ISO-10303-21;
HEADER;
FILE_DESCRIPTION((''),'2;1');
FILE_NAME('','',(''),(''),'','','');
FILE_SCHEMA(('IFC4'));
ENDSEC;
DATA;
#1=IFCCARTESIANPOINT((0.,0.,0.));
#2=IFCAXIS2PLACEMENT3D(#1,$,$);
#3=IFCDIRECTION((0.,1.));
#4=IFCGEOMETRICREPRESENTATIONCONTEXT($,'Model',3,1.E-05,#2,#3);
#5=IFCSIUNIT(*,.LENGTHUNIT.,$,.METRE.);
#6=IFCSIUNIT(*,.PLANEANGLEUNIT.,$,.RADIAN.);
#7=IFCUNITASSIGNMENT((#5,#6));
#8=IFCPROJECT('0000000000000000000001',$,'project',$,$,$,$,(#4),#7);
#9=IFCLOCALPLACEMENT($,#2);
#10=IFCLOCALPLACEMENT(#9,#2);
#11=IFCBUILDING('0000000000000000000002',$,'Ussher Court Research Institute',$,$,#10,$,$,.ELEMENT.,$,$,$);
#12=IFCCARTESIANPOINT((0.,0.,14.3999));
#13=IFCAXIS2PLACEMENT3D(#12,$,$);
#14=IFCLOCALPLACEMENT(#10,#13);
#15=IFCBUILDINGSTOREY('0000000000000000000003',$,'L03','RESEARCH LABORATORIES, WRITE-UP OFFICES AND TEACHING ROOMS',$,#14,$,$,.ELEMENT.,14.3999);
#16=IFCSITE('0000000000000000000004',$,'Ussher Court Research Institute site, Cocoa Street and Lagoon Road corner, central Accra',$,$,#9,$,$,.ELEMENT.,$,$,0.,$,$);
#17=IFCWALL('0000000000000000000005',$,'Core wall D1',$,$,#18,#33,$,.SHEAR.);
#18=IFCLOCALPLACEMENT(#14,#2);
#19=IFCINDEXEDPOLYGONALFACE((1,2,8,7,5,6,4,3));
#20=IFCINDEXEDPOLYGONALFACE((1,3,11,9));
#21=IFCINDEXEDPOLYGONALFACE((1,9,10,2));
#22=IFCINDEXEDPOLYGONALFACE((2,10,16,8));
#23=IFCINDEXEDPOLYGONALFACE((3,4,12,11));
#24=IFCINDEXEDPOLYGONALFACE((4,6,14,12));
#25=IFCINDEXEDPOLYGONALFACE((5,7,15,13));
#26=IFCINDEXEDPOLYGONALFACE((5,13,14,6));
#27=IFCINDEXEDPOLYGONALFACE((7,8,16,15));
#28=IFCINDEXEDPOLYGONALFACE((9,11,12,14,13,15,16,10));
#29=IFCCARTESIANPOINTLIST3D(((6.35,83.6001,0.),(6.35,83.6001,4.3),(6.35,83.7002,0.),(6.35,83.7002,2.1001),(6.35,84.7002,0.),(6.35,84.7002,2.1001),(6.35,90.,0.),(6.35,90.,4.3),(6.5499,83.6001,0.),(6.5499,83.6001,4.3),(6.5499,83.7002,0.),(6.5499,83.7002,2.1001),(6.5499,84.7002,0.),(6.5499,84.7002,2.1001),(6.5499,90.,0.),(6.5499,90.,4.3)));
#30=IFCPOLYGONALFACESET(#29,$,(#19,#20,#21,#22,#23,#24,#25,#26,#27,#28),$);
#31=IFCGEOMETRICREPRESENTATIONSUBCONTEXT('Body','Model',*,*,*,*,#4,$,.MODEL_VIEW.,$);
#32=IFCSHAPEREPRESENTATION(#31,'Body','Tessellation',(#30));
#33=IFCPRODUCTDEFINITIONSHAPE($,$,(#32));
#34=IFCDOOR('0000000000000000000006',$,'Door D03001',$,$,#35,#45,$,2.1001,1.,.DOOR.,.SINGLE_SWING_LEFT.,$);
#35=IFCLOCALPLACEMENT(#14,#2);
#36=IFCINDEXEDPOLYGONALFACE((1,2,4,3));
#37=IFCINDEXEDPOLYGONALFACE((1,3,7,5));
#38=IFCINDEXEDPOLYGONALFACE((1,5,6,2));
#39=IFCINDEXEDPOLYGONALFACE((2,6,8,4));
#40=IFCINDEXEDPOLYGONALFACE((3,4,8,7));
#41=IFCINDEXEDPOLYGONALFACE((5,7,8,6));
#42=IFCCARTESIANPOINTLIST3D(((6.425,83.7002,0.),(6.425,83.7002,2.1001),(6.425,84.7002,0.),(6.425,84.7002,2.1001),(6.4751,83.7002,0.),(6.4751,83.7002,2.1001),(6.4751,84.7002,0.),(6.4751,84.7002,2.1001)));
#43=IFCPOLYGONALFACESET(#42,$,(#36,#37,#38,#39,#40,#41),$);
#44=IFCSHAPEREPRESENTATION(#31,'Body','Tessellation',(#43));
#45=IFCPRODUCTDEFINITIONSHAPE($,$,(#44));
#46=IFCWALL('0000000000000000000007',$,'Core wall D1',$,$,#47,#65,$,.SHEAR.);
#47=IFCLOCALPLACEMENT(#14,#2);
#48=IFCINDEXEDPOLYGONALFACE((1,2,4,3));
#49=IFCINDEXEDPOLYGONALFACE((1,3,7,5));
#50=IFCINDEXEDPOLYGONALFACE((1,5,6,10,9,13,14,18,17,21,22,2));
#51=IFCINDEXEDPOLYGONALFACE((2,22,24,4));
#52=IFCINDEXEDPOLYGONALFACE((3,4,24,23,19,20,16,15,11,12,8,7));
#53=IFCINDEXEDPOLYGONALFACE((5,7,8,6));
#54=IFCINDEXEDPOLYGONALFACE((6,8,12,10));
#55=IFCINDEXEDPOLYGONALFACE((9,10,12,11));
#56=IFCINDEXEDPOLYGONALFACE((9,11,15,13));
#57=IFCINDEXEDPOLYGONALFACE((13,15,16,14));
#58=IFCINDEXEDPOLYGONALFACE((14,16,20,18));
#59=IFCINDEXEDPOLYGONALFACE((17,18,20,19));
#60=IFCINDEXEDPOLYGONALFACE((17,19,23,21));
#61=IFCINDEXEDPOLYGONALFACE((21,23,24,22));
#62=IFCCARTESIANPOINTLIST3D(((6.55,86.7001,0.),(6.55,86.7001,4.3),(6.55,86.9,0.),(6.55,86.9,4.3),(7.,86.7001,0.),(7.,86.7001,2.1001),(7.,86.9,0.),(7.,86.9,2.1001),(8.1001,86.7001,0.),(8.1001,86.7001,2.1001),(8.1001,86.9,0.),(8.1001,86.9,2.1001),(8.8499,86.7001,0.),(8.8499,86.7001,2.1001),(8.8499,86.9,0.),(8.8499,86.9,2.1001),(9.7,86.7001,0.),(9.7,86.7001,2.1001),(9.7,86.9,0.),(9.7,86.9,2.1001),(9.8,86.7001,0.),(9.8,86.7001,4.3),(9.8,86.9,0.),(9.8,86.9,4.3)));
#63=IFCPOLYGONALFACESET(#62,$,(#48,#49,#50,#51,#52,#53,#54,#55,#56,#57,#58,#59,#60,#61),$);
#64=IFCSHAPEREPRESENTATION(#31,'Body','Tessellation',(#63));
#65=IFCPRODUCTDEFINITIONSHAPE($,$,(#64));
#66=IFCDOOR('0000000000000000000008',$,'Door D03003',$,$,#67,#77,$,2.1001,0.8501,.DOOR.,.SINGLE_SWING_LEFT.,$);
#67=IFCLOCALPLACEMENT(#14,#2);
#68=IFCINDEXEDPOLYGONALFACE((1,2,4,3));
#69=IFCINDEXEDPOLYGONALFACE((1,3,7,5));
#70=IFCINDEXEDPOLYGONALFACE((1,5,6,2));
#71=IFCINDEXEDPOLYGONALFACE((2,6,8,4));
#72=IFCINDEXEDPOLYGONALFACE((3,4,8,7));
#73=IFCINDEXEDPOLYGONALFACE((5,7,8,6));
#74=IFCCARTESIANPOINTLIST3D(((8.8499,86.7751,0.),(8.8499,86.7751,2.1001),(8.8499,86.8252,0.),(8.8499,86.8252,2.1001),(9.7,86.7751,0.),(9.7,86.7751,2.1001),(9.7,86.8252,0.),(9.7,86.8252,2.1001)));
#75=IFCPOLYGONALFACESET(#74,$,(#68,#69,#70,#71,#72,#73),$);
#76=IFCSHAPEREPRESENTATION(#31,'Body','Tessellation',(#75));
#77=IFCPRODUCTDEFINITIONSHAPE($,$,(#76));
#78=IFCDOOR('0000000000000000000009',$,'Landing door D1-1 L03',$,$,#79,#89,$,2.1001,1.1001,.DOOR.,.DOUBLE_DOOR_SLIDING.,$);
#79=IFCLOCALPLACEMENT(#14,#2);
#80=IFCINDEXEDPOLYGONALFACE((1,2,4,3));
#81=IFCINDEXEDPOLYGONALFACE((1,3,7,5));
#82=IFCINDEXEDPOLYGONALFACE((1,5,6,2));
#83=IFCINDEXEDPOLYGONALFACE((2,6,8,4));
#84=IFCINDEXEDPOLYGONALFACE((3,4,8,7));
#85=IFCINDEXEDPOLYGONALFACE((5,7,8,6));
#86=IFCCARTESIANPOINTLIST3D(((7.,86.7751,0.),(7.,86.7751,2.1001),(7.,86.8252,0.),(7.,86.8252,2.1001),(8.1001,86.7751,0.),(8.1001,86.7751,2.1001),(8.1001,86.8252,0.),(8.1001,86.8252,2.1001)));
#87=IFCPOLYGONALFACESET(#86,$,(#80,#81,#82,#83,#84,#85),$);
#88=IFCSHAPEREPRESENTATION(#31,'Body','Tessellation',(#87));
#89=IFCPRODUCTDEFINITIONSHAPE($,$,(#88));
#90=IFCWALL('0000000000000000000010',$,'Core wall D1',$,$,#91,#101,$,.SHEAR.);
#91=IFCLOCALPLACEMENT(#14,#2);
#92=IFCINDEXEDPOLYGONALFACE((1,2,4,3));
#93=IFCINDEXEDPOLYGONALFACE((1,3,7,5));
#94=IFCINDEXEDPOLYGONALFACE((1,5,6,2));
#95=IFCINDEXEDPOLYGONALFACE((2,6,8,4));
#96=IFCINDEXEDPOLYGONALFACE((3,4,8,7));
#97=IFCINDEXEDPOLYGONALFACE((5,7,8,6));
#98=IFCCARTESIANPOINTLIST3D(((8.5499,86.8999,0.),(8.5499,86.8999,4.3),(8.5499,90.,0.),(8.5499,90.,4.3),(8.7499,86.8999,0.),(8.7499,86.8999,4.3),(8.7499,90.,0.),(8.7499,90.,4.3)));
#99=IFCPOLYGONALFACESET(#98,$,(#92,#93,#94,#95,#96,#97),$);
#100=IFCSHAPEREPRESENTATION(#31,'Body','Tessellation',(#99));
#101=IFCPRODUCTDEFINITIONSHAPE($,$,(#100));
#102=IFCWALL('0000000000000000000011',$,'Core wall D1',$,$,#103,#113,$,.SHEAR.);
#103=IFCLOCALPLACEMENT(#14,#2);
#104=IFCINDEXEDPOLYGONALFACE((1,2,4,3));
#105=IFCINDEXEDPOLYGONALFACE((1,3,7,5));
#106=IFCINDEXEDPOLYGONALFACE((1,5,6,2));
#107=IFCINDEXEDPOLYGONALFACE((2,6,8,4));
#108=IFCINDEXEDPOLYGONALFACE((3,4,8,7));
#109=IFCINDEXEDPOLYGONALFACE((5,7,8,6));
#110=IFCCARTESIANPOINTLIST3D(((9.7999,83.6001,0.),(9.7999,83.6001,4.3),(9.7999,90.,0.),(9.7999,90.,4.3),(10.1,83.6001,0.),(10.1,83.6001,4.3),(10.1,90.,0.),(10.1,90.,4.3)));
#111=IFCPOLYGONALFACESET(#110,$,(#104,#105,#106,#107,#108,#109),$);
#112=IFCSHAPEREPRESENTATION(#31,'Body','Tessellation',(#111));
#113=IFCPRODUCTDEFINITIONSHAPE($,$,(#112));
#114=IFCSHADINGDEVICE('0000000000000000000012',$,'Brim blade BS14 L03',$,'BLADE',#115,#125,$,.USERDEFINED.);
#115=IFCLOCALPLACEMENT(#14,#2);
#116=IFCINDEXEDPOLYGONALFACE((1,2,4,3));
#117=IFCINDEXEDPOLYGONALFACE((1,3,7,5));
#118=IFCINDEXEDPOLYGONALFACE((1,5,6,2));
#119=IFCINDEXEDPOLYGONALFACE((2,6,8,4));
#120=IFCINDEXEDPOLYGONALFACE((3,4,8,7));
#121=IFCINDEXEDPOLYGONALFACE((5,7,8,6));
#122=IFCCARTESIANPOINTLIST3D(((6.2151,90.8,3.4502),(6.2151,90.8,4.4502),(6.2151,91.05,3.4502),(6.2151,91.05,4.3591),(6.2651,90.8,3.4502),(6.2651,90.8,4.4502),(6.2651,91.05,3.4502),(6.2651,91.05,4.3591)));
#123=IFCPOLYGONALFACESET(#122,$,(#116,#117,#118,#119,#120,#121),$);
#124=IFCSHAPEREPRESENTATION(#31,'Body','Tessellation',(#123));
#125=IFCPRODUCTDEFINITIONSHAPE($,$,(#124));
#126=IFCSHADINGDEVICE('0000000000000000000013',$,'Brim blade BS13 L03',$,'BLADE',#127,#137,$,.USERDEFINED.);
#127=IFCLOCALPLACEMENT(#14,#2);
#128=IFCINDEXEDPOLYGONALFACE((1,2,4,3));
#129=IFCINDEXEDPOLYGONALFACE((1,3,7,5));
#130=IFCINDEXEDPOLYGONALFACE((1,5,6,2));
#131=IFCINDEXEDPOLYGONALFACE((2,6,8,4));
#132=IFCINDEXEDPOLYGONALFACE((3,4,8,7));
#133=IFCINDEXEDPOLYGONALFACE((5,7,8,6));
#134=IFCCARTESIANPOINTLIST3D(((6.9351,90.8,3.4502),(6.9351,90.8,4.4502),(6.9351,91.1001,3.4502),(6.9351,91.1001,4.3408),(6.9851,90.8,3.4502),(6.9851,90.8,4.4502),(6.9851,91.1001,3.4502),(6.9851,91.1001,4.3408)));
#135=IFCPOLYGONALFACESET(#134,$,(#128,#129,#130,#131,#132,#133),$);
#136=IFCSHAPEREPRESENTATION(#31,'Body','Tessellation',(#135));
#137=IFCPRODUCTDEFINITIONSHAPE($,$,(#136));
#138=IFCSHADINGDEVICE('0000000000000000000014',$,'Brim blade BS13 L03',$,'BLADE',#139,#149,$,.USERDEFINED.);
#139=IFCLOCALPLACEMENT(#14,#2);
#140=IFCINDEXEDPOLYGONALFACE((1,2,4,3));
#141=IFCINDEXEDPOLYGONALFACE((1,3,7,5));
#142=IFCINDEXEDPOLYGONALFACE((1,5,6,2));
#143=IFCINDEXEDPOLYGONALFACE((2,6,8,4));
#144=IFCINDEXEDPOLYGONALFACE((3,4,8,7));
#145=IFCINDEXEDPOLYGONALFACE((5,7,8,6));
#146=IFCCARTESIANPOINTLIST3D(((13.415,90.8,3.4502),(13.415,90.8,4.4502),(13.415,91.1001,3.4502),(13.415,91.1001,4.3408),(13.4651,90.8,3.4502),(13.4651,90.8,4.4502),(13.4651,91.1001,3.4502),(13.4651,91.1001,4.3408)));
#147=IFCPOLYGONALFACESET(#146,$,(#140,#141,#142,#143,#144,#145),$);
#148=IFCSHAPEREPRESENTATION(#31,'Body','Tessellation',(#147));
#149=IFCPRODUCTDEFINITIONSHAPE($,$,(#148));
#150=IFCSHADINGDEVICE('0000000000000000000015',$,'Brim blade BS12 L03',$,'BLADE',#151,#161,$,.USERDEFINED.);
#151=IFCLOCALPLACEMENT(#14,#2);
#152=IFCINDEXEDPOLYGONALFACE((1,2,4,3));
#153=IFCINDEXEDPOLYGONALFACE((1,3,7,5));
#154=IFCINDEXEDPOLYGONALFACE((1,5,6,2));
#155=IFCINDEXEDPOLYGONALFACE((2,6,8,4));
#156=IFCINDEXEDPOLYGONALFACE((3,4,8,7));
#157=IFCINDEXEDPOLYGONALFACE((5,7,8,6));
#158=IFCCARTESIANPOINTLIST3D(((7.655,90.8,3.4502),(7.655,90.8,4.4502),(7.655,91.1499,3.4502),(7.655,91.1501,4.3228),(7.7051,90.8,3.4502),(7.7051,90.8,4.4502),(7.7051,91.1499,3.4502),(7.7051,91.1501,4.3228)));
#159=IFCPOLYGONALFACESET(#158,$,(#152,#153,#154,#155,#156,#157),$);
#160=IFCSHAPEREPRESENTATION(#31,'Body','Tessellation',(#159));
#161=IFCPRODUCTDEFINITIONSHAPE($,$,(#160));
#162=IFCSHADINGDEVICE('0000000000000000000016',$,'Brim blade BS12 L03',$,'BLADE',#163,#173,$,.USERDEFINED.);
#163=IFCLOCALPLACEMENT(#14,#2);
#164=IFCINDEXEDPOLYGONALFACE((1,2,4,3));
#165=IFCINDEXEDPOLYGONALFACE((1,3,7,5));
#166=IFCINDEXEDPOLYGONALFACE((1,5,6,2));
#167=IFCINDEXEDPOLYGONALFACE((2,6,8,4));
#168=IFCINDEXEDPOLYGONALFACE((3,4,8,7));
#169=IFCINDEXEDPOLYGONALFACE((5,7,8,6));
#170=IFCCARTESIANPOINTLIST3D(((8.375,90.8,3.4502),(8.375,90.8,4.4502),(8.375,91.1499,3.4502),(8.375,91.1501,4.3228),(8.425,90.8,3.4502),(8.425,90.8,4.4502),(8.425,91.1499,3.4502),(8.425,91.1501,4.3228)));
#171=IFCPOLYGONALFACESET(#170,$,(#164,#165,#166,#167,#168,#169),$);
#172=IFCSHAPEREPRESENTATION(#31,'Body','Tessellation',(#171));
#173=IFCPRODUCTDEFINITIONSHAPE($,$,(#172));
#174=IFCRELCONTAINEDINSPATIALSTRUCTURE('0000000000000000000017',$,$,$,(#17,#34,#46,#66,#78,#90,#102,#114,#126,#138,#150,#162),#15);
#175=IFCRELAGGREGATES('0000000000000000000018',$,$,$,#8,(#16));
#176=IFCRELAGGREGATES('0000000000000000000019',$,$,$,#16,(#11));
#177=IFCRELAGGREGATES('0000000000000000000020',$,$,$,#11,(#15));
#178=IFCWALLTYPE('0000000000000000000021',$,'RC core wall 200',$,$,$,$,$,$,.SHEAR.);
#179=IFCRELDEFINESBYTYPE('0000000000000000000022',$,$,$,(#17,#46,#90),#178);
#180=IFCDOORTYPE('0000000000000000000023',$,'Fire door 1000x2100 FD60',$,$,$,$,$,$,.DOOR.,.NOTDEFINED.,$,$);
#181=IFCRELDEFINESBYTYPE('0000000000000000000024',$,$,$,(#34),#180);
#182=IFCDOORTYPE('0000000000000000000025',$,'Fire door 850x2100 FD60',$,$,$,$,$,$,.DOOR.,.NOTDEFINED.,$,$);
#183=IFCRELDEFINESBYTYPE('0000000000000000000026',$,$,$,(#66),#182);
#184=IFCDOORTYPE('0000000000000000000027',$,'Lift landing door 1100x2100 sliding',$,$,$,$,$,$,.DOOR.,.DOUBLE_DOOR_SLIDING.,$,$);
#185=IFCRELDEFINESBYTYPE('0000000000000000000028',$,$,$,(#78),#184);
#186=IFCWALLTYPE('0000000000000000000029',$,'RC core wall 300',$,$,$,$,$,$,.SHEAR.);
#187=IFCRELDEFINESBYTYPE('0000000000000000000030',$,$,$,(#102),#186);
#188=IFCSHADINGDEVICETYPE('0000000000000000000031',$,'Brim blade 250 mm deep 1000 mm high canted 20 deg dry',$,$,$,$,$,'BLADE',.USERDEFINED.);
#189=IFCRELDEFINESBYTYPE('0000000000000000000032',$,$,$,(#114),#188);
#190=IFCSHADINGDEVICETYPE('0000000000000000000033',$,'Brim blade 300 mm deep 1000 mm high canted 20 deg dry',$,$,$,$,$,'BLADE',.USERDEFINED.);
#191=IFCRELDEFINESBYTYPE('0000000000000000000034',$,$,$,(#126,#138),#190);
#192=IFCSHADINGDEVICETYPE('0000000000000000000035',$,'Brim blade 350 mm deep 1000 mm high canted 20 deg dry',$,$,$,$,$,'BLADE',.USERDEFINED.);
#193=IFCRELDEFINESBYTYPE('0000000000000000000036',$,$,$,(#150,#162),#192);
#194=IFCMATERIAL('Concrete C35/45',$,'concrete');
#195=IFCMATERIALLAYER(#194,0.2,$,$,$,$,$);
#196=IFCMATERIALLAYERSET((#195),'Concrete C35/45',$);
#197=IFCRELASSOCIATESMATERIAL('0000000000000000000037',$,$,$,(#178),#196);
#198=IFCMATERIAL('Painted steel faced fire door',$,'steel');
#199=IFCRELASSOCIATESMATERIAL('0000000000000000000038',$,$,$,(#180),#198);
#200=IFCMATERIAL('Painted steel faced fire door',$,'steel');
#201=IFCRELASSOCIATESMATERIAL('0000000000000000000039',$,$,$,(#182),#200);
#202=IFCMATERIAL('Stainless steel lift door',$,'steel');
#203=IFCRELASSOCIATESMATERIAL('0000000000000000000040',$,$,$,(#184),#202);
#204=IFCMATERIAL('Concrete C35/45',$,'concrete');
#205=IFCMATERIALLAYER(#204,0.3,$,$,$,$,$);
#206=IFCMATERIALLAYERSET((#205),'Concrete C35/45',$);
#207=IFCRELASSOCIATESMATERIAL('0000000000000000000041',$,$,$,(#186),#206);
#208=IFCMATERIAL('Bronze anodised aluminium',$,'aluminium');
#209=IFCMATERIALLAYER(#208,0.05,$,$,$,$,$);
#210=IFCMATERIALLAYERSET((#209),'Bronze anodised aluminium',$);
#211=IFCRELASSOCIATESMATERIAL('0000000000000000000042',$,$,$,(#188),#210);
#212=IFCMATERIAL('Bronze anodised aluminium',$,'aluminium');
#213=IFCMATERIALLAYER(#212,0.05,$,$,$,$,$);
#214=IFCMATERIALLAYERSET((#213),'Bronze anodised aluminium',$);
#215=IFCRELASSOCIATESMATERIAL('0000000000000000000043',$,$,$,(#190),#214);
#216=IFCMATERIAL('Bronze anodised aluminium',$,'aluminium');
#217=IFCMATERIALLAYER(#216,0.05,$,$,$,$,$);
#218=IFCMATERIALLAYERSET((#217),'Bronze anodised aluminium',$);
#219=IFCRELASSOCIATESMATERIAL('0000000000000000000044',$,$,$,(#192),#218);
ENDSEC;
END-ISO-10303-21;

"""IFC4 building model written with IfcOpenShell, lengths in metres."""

from ifc_helpers import new_model, si_unit, direction, frame, frame_2d, origin, place, context, subcontext, project, spatial, polyline, rectangle, outline, extrude, material, layer, layer_set, type_object, element, fill, save


model = new_model("IFC4")

# Units and contexts
model_context = context("Model", 3, precision=1e-05, world=origin(), true_north=direction((0.0, 1.0)))
body_context = subcontext(model_context, "Body", "Model", "MODEL_VIEW")
ifc_project = project(units=[si_unit("LENGTHUNIT", "METRE"), si_unit("PLANEANGLEUNIT", "RADIAN")], contexts=[model_context])

# Site, building, storey
site_placement = place(None, origin())
site = spatial("IfcSite", under=ifc_project, at=site_placement, Name="Ussher Court Research Institute site, Cocoa Street and Lagoon Road corner, central Accra", CompositionType="ELEMENT", RefElevation=0.0)
building_placement = place(site_placement, origin())
building = spatial("IfcBuilding", under=site, at=building_placement, Name="Ussher Court Research Institute", CompositionType="ELEMENT")
storey_placement = place(building_placement, frame((0.0, 0.0, 14.3999)))
storey = spatial("IfcBuildingStorey", under=building, at=storey_placement, Name="L03", Description="RESEARCH LABORATORIES, WRITE-UP OFFICES AND TEACHING ROOMS", CompositionType="ELEMENT", Elevation=14.3999)

# Wall, opening, door
ifc_material_1 = material(Name="Concrete C35/45", Category="concrete")
ifc_layer_1 = layer(ifc_material_1, 0.2)
ifc_layer_set_1 = layer_set([ifc_layer_1], Name="Concrete C35/45")
wall_type_1 = type_object("IfcWallType", Name="RC core wall 200", PredefinedType="SHEAR", material=ifc_layer_set_1)
wall_1_placement = place(storey_placement, frame((6.45, 83.6001, 0.0), z_axis=(0.0, 0.0, 1.0), x_axis=(0.0, 1.0, 0.0)))
wall_1 = element("IfcWall", 1, at=wall_1_placement, inside=storey, type_object=wall_type_1, Name="Core wall D1", PredefinedType="SHEAR", context=body_context, shape_type="SweptSolid", body=[
    extrude(rectangle(XDim=6.3999, YDim=0.2, at=frame_2d((3.2, 0.0))), origin(), (0.0, 0.0, 1.0), 4.3),
])
opening_1_placement = place(wall_1_placement, frame((0.1001, 0.0, 0.0)))
opening_1 = element("IfcOpeningElement", 2, at=opening_1_placement, cuts=wall_1, PredefinedType="OPENING", context=body_context, shape_type="SweptSolid", body=[
    extrude(rectangle(XDim=1.0, YDim=2.1001, at=frame_2d((0.5, 1.05))), frame((0.0, 0.1099, 0.0), z_axis=(0.0, -1.0, 0.0), x_axis=(1.0, 0.0, 0.0)), (0.0, 0.0, 1.0), 0.22),
])
ifc_material_2 = material(Name="Painted steel faced fire door", Category="steel")
door_type_1 = type_object("IfcDoorType", Name="Fire door 1000x2100 FD60", OperationType="NOTDEFINED", PredefinedType="DOOR", material=ifc_material_2)
door_1_placement = place(opening_1_placement, origin())
door_1 = element("IfcDoor", 3, at=door_1_placement, inside=storey, type_object=door_type_1, Name="Door D03001", OperationType="SINGLE_SWING_LEFT", OverallHeight=2.1001, OverallWidth=1.0, PredefinedType="DOOR", context=body_context, shape_type="SweptSolid", body=[
    extrude(rectangle(XDim=1.0, YDim=2.1001, at=frame_2d((0.5, 1.05))), frame((0.0, 0.0249, 0.0), z_axis=(0.0, -1.0, 0.0), x_axis=(1.0, 0.0, 0.0)), (0.0, 0.0, 1.0), 0.05),
])
fill(opening_1, door_1)

# Wall, openings, doors
wall_2_placement = place(storey_placement, frame((9.8, 86.8, 0.0), z_axis=(0.0, 0.0, 1.0), x_axis=(-1.0, 0.0, 0.0)))
wall_2 = element("IfcWall", 4, at=wall_2_placement, inside=storey, type_object=wall_type_1, Name="Core wall D1", PredefinedType="SHEAR", context=body_context, shape_type="SweptSolid", body=[
    extrude(rectangle(XDim=3.25, YDim=0.2, at=frame_2d((1.625, 0.0))), origin(), (0.0, 0.0, 1.0), 4.3),
])
opening_2_placement = place(wall_2_placement, frame((1.7, 0.0, 0.0)))
opening_2 = element("IfcOpeningElement", 5, at=opening_2_placement, cuts=wall_2, PredefinedType="OPENING", context=body_context, shape_type="SweptSolid", body=[
    extrude(rectangle(XDim=1.1001, YDim=2.1001, at=frame_2d((0.55, 1.05))), frame((0.0, 0.1099, 0.0), z_axis=(0.0, -1.0, 0.0), x_axis=(1.0, 0.0, 0.0)), (0.0, 0.0, 1.0), 0.22),
])
opening_3_placement = place(wall_2_placement, frame((0.1001, 0.0, 0.0)))
opening_3 = element("IfcOpeningElement", 6, at=opening_3_placement, cuts=wall_2, PredefinedType="OPENING", context=body_context, shape_type="SweptSolid", body=[
    extrude(rectangle(XDim=0.8501, YDim=2.1001, at=frame_2d((0.425, 1.05))), frame((0.0, 0.1099, 0.0), z_axis=(0.0, -1.0, 0.0), x_axis=(1.0, 0.0, 0.0)), (0.0, 0.0, 1.0), 0.22),
])
ifc_material_3 = material(Name="Painted steel faced fire door", Category="steel")
door_type_2 = type_object("IfcDoorType", Name="Fire door 850x2100 FD60", OperationType="NOTDEFINED", PredefinedType="DOOR", material=ifc_material_3)
door_2_placement = place(opening_3_placement, origin())
door_2 = element("IfcDoor", 7, at=door_2_placement, inside=storey, type_object=door_type_2, Name="Door D03003", OperationType="SINGLE_SWING_LEFT", OverallHeight=2.1001, OverallWidth=0.8501, PredefinedType="DOOR", context=body_context, shape_type="SweptSolid", body=[
    extrude(rectangle(XDim=0.8501, YDim=2.1001, at=frame_2d((0.425, 1.05))), frame((0.0, 0.0249, 0.0), z_axis=(0.0, -1.0, 0.0), x_axis=(1.0, 0.0, 0.0)), (0.0, 0.0, 1.0), 0.05),
])
fill(opening_3, door_2)
ifc_material_4 = material(Name="Stainless steel lift door", Category="steel")
door_type_3 = type_object("IfcDoorType", Name="Lift landing door 1100x2100 sliding", OperationType="DOUBLE_DOOR_SLIDING", PredefinedType="DOOR", material=ifc_material_4)
door_3_placement = place(opening_2_placement, origin())
door_3 = element("IfcDoor", 8, at=door_3_placement, inside=storey, type_object=door_type_3, Name="Landing door D1-1 L03", OperationType="DOUBLE_DOOR_SLIDING", OverallHeight=2.1001, OverallWidth=1.1001, PredefinedType="DOOR", context=body_context, shape_type="SweptSolid", body=[
    extrude(rectangle(XDim=1.1001, YDim=2.1001, at=frame_2d((0.55, 1.05))), frame((0.0, 0.0249, 0.0), z_axis=(0.0, -1.0, 0.0), x_axis=(1.0, 0.0, 0.0)), (0.0, 0.0, 1.0), 0.05),
])
fill(opening_2, door_3)

# Walls
wall_3_placement = place(storey_placement, frame((8.6499, 86.8999, 0.0), z_axis=(0.0, 0.0, 1.0), x_axis=(0.0, 1.0, 0.0)))
element("IfcWall", 9, at=wall_3_placement, inside=storey, type_object=wall_type_1, Name="Core wall D1", PredefinedType="SHEAR", context=body_context, shape_type="SweptSolid", body=[
    extrude(rectangle(XDim=3.1001, YDim=0.2, at=frame_2d((1.55, 0.0))), origin(), (0.0, 0.0, 1.0), 4.3),
])
ifc_material_5 = material(Name="Concrete C35/45", Category="concrete")
ifc_layer_2 = layer(ifc_material_5, 0.3)
ifc_layer_set_2 = layer_set([ifc_layer_2], Name="Concrete C35/45")
wall_type_2 = type_object("IfcWallType", Name="RC core wall 300", PredefinedType="SHEAR", material=ifc_layer_set_2)
wall_4_placement = place(storey_placement, frame((9.95, 83.6001, 0.0), z_axis=(0.0, 0.0, 1.0), x_axis=(0.0, 1.0, 0.0)))
element("IfcWall", 10, at=wall_4_placement, inside=storey, type_object=wall_type_2, Name="Core wall D1", PredefinedType="SHEAR", context=body_context, shape_type="SweptSolid", body=[
    extrude(rectangle(XDim=6.3999, YDim=0.3, at=frame_2d((3.2, 0.0))), origin(), (0.0, 0.0, 1.0), 4.3),
])

# Shading devices
ifc_material_6 = material(Name="Bronze anodised aluminium", Category="aluminium")
ifc_layer_3 = layer(ifc_material_6, 0.05)
ifc_layer_set_3 = layer_set([ifc_layer_3], Name="Bronze anodised aluminium")
shading_device_type_1 = type_object("IfcShadingDeviceType", Name="Brim blade 250 mm deep 1000 mm high canted 20 deg dry", ElementType="BLADE", PredefinedType="USERDEFINED", material=ifc_layer_set_3)
shading_device_placement = place(storey_placement, frame((6.24, 90.8, 3.4502), z_axis=(0.0, 0.0, 1.0), x_axis=(0.0, 1.0, 0.0)))
element("IfcShadingDevice", 11, at=shading_device_placement, inside=storey, type_object=shading_device_type_1, Name="Brim blade BS14 L03", ObjectType="BLADE", PredefinedType="USERDEFINED", context=body_context, shape_type="SweptSolid", body=[
    extrude(outline(polyline([(0.0, 0.0), (0.25, 0.0), (0.25, 0.9089), (0.0, 1.0), (0.0, 0.0)])), frame((0.0, 0.0249, 0.0), z_axis=(0.0, -1.0, 0.0), x_axis=(1.0, 0.0, 0.0)), (0.0, 0.0, 1.0), 0.05),
])
ifc_material_7 = material(Name="Bronze anodised aluminium", Category="aluminium")
ifc_layer_4 = layer(ifc_material_7, 0.05)
ifc_layer_set_4 = layer_set([ifc_layer_4], Name="Bronze anodised aluminium")
shading_device_type_2 = type_object("IfcShadingDeviceType", Name="Brim blade 300 mm deep 1000 mm high canted 20 deg dry", ElementType="BLADE", PredefinedType="USERDEFINED", material=ifc_layer_set_4)
for number, where, z_axis, x_axis, name in (
    (12, (6.96, 90.8, 3.4502), (0.0, 0.0, 1.0), (0.0, 1.0, 0.0), "Brim blade BS13 L03"),
    (13, (13.4399, 90.8, 3.4502), (0.0, 0.0, 1.0), (0.0, 1.0, 0.0), "Brim blade BS13 L03"),
):
    element("IfcShadingDevice", number, at=place(storey_placement, frame(where, z_axis=z_axis, x_axis=x_axis)), inside=storey, type_object=shading_device_type_2, Name=name, ObjectType="BLADE", PredefinedType="USERDEFINED", context=body_context, shape_type="SweptSolid", body=[
        extrude(outline(polyline([(0.0, 0.0), (0.3, 0.0), (0.3, 0.8906), (0.0, 1.0), (0.0, 0.0)])), frame((0.0, 0.0249, 0.0), z_axis=(0.0, -1.0, 0.0), x_axis=(1.0, 0.0, 0.0)), (0.0, 0.0, 1.0), 0.05),
    ])
ifc_material_8 = material(Name="Bronze anodised aluminium", Category="aluminium")
ifc_layer_5 = layer(ifc_material_8, 0.05)
ifc_layer_set_5 = layer_set([ifc_layer_5], Name="Bronze anodised aluminium")
shading_device_type_3 = type_object("IfcShadingDeviceType", Name="Brim blade 350 mm deep 1000 mm high canted 20 deg dry", ElementType="BLADE", PredefinedType="USERDEFINED", material=ifc_layer_set_5)
for number, where, z_axis, x_axis, name in (
    (14, (7.6799, 90.8, 3.4502), (0.0, 0.0, 1.0), (0.0, 1.0, 0.0), "Brim blade BS12 L03"),
    (15, (8.3999, 90.8, 3.4502), (0.0, 0.0, 1.0), (0.0, 1.0, 0.0), "Brim blade BS12 L03"),
):
    element("IfcShadingDevice", number, at=place(storey_placement, frame(where, z_axis=z_axis, x_axis=x_axis)), inside=storey, type_object=shading_device_type_3, Name=name, ObjectType="BLADE", PredefinedType="USERDEFINED", context=body_context, shape_type="SweptSolid", body=[
        extrude(outline(polyline([(0.0, 0.0), (0.3499, 0.0), (0.3501, 0.8726), (0.0, 1.0), (0.0, 0.0)])), frame((0.0, 0.0249, 0.0), z_axis=(0.0, -1.0, 0.0), x_axis=(1.0, 0.0, 0.0)), (0.0, 0.0, 1.0), 0.05),
    ])

save(model, "model.ifc")
